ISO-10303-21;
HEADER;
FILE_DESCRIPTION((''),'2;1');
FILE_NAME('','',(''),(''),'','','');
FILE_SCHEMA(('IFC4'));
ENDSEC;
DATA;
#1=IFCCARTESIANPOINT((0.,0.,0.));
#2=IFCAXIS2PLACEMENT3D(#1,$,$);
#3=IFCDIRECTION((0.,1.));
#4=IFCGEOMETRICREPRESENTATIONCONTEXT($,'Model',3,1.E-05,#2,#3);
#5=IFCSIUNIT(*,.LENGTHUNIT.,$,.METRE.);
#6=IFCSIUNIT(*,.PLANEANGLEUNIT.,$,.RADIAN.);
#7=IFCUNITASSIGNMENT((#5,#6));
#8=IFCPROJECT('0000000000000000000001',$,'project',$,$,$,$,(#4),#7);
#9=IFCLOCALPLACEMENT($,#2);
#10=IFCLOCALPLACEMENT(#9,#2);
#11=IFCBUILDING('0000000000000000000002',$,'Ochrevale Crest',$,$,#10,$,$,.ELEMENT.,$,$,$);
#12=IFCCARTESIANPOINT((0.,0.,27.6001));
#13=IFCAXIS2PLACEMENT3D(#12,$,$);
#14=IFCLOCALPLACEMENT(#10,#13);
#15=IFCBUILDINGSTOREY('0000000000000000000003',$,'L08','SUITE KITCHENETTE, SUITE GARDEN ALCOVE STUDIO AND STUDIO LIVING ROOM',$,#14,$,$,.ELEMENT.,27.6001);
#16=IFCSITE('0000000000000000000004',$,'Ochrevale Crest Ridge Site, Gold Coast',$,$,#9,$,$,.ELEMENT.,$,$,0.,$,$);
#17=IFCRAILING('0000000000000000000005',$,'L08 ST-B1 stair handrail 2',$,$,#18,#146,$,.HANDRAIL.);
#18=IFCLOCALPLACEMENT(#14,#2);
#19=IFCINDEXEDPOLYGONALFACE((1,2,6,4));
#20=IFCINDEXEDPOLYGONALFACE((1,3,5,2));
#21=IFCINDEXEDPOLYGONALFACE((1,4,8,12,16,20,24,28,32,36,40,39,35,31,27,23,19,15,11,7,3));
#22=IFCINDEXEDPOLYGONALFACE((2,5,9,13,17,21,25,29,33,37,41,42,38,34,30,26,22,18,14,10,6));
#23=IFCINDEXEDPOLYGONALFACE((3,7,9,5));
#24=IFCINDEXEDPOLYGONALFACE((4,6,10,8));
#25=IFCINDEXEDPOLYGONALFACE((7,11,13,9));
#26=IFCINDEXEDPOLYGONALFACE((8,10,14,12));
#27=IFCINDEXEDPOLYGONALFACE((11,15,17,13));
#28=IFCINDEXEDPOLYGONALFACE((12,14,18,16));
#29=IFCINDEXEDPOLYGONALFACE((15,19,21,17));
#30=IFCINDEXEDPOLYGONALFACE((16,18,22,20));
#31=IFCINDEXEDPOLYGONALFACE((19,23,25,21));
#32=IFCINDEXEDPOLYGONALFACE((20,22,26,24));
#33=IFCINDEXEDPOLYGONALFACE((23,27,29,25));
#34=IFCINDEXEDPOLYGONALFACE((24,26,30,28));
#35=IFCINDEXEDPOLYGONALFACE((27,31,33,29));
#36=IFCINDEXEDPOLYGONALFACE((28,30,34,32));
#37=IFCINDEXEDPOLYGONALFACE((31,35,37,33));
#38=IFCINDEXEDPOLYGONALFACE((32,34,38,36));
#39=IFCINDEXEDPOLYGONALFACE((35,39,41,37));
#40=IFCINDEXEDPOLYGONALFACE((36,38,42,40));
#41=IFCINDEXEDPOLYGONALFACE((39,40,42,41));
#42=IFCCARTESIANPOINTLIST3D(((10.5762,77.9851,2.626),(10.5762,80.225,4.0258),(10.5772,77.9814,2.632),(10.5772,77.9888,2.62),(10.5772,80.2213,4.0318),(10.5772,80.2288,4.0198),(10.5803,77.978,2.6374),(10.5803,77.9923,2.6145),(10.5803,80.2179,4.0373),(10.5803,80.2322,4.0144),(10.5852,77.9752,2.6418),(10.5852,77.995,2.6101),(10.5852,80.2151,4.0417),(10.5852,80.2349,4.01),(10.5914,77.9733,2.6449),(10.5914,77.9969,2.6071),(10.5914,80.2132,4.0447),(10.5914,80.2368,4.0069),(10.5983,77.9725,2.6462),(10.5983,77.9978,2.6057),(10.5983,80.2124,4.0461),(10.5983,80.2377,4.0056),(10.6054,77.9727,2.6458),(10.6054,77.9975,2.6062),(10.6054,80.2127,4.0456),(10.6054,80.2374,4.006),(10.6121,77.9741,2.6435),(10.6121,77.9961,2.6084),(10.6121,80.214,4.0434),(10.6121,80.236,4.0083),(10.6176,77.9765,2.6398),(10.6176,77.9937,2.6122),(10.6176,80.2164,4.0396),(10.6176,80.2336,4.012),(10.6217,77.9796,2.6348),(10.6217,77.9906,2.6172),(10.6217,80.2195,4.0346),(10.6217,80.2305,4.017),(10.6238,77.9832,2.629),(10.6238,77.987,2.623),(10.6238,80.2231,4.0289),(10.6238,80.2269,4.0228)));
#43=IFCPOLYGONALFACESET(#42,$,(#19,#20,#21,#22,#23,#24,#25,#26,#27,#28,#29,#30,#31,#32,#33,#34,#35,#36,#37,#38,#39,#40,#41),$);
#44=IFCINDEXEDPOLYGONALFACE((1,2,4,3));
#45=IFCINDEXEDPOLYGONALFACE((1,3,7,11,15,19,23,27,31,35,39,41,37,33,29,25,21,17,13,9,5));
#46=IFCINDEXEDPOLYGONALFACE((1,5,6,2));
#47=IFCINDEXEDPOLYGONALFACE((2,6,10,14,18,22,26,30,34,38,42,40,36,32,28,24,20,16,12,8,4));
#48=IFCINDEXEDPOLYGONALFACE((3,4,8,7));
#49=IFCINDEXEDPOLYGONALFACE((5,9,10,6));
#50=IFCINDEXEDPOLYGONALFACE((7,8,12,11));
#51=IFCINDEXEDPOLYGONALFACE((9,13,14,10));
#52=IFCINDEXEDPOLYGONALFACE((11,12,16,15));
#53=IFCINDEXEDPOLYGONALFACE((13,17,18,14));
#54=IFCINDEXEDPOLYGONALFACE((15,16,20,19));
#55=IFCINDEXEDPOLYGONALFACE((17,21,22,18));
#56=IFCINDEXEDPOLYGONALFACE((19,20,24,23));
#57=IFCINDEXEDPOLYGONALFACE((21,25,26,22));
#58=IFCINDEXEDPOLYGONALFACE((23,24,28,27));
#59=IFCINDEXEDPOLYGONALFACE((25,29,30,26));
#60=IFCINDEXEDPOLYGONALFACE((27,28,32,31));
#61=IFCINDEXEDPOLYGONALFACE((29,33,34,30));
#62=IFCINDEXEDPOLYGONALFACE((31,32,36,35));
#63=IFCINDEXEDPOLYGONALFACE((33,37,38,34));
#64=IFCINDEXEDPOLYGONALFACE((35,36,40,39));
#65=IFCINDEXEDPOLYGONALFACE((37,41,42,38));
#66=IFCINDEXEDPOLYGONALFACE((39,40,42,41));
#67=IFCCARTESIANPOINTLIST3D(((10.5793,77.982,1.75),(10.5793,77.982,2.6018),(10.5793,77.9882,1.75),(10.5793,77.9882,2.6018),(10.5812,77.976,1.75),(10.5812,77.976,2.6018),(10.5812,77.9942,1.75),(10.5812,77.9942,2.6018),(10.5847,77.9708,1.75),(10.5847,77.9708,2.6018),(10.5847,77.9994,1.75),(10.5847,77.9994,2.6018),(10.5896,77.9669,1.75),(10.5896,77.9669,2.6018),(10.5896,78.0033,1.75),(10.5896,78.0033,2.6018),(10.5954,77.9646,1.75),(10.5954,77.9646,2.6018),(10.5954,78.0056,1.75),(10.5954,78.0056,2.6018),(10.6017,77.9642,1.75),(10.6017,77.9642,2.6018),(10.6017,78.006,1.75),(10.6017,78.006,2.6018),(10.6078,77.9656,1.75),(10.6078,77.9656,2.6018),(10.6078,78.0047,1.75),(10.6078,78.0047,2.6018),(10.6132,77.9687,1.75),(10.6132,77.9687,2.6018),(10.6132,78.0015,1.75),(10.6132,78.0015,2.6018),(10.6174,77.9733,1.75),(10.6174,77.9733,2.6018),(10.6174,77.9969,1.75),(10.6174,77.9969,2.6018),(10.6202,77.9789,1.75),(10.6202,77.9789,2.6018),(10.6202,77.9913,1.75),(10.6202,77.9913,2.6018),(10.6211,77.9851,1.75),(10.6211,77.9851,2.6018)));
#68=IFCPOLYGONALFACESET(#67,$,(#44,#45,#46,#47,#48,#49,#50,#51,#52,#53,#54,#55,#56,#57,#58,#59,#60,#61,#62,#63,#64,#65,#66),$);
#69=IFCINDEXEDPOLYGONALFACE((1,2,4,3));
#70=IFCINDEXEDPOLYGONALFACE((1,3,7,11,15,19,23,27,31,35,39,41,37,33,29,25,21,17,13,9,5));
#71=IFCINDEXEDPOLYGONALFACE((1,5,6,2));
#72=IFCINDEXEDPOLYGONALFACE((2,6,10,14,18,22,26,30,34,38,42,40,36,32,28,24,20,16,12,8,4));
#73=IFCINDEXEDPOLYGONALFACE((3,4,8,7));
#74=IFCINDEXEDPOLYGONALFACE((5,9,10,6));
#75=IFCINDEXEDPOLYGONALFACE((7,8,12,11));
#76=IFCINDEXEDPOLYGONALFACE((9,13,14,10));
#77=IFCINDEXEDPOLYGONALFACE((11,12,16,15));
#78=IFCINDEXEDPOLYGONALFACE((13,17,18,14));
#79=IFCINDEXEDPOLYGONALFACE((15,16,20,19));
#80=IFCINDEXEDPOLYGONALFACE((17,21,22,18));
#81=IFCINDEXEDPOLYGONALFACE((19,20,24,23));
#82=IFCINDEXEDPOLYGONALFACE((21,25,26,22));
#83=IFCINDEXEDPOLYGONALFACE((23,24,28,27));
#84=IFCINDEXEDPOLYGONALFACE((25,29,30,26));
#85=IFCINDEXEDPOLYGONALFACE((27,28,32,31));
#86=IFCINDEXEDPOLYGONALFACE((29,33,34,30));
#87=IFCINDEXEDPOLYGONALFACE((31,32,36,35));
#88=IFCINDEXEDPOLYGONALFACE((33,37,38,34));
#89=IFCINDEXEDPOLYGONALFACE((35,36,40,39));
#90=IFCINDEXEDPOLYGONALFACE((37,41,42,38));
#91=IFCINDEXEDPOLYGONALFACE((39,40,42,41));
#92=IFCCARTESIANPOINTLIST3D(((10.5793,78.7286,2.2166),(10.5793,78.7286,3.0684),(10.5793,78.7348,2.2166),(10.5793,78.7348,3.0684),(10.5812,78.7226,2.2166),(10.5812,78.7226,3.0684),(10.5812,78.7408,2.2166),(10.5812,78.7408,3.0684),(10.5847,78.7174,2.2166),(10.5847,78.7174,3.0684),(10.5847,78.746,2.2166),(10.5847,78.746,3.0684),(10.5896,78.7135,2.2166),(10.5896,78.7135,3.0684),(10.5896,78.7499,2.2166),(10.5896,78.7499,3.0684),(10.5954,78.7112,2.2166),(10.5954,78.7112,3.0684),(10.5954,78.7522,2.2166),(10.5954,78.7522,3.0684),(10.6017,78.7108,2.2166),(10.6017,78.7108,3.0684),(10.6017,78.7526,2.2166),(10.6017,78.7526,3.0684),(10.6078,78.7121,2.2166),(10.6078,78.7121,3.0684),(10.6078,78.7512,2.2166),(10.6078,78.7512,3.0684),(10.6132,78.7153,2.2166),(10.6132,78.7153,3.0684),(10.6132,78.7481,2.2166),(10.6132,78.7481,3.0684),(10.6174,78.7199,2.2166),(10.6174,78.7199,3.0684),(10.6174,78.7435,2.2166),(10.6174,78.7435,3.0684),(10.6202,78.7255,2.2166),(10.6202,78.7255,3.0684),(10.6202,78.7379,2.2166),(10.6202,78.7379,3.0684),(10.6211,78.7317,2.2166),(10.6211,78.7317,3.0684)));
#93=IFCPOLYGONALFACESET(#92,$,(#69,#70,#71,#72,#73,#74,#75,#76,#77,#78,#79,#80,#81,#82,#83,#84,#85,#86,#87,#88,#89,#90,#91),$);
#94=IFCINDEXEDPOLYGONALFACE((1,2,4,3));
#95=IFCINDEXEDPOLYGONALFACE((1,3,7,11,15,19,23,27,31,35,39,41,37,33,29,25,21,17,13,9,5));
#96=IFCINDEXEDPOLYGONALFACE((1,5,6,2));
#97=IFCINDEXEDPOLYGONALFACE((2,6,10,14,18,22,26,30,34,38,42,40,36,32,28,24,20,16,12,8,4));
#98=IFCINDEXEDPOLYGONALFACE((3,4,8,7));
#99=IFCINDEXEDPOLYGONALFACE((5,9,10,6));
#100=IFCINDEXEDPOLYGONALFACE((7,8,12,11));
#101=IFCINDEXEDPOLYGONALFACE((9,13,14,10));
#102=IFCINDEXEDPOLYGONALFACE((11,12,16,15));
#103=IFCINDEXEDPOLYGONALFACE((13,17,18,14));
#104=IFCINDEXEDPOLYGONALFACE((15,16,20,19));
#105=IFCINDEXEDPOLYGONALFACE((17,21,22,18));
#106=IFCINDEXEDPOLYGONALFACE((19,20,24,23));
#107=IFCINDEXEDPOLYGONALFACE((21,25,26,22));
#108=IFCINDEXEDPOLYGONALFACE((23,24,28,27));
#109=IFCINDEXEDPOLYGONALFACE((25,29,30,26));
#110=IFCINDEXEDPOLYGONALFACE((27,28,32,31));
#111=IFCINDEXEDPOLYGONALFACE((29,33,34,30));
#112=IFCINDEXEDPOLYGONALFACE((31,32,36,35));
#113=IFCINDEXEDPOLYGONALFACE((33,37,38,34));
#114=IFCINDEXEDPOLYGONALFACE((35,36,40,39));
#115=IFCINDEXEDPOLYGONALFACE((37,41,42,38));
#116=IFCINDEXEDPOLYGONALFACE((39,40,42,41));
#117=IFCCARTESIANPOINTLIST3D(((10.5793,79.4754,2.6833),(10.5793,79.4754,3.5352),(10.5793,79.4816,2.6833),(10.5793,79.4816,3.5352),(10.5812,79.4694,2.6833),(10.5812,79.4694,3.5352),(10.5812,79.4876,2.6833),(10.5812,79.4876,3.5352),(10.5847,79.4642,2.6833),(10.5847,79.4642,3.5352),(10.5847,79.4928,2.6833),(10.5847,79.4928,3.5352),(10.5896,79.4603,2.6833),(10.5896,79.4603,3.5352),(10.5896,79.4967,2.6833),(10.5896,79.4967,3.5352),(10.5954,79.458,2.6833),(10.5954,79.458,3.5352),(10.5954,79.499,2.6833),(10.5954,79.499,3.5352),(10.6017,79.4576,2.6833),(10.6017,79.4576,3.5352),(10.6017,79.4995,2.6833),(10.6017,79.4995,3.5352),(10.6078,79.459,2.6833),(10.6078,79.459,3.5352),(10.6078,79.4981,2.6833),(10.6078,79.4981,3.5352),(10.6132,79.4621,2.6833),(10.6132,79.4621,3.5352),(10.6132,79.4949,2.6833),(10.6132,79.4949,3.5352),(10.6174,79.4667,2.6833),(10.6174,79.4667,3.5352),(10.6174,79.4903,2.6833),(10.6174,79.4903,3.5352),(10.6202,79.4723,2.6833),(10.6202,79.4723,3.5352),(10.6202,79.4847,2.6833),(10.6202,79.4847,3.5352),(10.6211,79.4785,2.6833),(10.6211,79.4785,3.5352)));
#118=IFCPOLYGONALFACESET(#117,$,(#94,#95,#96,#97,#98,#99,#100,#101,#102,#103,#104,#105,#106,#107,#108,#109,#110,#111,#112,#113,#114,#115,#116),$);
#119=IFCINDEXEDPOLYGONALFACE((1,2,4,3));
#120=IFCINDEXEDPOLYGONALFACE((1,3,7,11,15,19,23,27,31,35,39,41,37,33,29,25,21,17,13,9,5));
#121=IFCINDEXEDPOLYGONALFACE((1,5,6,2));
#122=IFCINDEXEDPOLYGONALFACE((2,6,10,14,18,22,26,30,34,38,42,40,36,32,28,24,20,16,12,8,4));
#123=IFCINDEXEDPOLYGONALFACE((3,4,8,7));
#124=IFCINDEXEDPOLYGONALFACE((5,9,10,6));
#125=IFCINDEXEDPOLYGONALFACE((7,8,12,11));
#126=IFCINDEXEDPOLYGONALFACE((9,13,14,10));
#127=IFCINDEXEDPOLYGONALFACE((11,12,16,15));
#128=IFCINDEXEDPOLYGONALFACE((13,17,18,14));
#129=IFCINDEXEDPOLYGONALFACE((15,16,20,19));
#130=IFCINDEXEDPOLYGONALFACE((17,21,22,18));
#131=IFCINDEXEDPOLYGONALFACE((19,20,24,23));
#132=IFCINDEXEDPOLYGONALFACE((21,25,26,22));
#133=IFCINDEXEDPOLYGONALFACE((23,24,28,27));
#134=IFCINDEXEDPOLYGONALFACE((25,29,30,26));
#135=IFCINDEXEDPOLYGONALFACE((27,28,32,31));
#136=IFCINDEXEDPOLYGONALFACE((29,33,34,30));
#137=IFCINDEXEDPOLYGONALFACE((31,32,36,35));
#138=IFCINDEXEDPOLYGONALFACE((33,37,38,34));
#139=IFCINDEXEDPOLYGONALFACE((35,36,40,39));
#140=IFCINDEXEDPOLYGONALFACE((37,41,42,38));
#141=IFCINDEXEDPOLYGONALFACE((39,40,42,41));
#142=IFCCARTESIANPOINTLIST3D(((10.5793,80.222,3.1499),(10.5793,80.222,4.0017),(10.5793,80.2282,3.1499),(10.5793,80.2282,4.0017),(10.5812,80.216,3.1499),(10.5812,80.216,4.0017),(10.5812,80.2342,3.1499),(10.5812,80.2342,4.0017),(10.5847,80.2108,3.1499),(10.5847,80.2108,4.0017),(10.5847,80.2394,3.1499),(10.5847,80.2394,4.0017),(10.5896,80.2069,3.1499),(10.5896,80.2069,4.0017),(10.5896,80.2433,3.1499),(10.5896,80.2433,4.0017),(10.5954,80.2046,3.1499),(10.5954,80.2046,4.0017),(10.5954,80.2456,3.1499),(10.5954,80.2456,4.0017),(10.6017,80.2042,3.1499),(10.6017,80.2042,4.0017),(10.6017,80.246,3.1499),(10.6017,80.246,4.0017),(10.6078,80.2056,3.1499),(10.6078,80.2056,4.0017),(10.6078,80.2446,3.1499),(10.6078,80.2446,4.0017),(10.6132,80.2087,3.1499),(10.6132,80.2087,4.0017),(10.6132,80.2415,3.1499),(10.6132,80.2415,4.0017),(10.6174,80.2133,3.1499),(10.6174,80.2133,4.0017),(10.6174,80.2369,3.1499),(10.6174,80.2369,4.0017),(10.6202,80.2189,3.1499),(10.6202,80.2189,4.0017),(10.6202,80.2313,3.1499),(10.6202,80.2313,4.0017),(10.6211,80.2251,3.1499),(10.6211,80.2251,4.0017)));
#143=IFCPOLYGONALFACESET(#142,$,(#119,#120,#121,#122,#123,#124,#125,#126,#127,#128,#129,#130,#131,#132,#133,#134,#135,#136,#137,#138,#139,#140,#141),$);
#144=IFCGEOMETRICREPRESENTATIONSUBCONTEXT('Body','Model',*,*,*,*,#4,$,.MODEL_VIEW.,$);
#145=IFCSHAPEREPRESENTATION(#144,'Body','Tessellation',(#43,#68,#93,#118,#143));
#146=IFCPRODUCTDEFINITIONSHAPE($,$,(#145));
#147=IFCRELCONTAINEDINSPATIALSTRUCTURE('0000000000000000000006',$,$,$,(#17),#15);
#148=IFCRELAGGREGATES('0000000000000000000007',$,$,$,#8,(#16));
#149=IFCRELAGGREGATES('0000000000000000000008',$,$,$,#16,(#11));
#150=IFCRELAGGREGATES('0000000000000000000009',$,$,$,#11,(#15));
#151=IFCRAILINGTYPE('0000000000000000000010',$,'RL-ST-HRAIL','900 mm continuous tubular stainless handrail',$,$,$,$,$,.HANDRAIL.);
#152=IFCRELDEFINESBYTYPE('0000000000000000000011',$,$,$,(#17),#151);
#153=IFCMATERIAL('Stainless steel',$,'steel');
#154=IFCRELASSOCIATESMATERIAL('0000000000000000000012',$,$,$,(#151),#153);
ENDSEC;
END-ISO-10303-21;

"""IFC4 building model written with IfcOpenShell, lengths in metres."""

from ifc_helpers import new_model, si_unit, direction, frame, origin, origin_2d, place, context, subcontext, project, spatial, circle, extrude, material, type_object, element, save


model = new_model("IFC4")

# Units and contexts
model_context = context("Model", 3, precision=1e-05, world=origin(), true_north=direction((0.0, 1.0)))
body_context = subcontext(model_context, "Body", "Model", "MODEL_VIEW")
ifc_project = project(units=[si_unit("LENGTHUNIT", "METRE"), si_unit("PLANEANGLEUNIT", "RADIAN")], contexts=[model_context])

# Site, building, storey
site_placement = place(None, origin())
site = spatial("IfcSite", under=ifc_project, at=site_placement, Name="Ochrevale Crest Ridge Site, Gold Coast", CompositionType="ELEMENT", RefElevation=0.0)
building_placement = place(site_placement, origin())
building = spatial("IfcBuilding", under=site, at=building_placement, Name="Ochrevale Crest", CompositionType="ELEMENT")
storey_placement = place(building_placement, frame((0.0, 0.0, 27.6001)))
storey = spatial("IfcBuildingStorey", under=building, at=storey_placement, Name="L08", Description="SUITE KITCHENETTE, SUITE GARDEN ALCOVE STUDIO AND STUDIO LIVING ROOM", CompositionType="ELEMENT", Elevation=27.6001)

# Railing
ifc_material_1 = material(Name="Stainless steel", Category="steel")
railing_type_1 = type_object("IfcRailingType", Name="RL-ST-HRAIL", Description="900 mm continuous tubular stainless handrail", PredefinedType="HANDRAIL", material=ifc_material_1)
railing_1_placement = place(storey_placement, frame((10.6001, 77.9851, 1.75)))
element("IfcRailing", 1, at=railing_1_placement, inside=storey, type_object=railing_type_1, Name="L08 ST-B1 stair handrail 2", PredefinedType="HANDRAIL", context=body_context, shape_type="SweptSolid", body=[
    extrude(circle(Radius=0.0239, at=origin_2d()), frame((0.0, 0.0, 0.876), z_axis=(0.0, 0.848014, 0.529974), x_axis=(-1.0, 0.0, 0.0)), (0.0, 0.0, 1.0), 2.6414),
    extrude(circle(Radius=0.021, at=origin_2d()), origin(), (0.0, 0.0, 1.0), 0.8518),
    extrude(circle(Radius=0.021, at=origin_2d()), frame((0.0, 0.7466, 0.4666)), (0.0, 0.0, 1.0), 0.8518),
    extrude(circle(Radius=0.021, at=origin_2d()), frame((0.0, 1.4934, 0.9333)), (0.0, 0.0, 1.0), 0.8518),
    extrude(circle(Radius=0.021, at=origin_2d()), frame((0.0, 2.24, 1.3999)), (0.0, 0.0, 1.0), 0.8518),
])

save(model, "model.ifc")
